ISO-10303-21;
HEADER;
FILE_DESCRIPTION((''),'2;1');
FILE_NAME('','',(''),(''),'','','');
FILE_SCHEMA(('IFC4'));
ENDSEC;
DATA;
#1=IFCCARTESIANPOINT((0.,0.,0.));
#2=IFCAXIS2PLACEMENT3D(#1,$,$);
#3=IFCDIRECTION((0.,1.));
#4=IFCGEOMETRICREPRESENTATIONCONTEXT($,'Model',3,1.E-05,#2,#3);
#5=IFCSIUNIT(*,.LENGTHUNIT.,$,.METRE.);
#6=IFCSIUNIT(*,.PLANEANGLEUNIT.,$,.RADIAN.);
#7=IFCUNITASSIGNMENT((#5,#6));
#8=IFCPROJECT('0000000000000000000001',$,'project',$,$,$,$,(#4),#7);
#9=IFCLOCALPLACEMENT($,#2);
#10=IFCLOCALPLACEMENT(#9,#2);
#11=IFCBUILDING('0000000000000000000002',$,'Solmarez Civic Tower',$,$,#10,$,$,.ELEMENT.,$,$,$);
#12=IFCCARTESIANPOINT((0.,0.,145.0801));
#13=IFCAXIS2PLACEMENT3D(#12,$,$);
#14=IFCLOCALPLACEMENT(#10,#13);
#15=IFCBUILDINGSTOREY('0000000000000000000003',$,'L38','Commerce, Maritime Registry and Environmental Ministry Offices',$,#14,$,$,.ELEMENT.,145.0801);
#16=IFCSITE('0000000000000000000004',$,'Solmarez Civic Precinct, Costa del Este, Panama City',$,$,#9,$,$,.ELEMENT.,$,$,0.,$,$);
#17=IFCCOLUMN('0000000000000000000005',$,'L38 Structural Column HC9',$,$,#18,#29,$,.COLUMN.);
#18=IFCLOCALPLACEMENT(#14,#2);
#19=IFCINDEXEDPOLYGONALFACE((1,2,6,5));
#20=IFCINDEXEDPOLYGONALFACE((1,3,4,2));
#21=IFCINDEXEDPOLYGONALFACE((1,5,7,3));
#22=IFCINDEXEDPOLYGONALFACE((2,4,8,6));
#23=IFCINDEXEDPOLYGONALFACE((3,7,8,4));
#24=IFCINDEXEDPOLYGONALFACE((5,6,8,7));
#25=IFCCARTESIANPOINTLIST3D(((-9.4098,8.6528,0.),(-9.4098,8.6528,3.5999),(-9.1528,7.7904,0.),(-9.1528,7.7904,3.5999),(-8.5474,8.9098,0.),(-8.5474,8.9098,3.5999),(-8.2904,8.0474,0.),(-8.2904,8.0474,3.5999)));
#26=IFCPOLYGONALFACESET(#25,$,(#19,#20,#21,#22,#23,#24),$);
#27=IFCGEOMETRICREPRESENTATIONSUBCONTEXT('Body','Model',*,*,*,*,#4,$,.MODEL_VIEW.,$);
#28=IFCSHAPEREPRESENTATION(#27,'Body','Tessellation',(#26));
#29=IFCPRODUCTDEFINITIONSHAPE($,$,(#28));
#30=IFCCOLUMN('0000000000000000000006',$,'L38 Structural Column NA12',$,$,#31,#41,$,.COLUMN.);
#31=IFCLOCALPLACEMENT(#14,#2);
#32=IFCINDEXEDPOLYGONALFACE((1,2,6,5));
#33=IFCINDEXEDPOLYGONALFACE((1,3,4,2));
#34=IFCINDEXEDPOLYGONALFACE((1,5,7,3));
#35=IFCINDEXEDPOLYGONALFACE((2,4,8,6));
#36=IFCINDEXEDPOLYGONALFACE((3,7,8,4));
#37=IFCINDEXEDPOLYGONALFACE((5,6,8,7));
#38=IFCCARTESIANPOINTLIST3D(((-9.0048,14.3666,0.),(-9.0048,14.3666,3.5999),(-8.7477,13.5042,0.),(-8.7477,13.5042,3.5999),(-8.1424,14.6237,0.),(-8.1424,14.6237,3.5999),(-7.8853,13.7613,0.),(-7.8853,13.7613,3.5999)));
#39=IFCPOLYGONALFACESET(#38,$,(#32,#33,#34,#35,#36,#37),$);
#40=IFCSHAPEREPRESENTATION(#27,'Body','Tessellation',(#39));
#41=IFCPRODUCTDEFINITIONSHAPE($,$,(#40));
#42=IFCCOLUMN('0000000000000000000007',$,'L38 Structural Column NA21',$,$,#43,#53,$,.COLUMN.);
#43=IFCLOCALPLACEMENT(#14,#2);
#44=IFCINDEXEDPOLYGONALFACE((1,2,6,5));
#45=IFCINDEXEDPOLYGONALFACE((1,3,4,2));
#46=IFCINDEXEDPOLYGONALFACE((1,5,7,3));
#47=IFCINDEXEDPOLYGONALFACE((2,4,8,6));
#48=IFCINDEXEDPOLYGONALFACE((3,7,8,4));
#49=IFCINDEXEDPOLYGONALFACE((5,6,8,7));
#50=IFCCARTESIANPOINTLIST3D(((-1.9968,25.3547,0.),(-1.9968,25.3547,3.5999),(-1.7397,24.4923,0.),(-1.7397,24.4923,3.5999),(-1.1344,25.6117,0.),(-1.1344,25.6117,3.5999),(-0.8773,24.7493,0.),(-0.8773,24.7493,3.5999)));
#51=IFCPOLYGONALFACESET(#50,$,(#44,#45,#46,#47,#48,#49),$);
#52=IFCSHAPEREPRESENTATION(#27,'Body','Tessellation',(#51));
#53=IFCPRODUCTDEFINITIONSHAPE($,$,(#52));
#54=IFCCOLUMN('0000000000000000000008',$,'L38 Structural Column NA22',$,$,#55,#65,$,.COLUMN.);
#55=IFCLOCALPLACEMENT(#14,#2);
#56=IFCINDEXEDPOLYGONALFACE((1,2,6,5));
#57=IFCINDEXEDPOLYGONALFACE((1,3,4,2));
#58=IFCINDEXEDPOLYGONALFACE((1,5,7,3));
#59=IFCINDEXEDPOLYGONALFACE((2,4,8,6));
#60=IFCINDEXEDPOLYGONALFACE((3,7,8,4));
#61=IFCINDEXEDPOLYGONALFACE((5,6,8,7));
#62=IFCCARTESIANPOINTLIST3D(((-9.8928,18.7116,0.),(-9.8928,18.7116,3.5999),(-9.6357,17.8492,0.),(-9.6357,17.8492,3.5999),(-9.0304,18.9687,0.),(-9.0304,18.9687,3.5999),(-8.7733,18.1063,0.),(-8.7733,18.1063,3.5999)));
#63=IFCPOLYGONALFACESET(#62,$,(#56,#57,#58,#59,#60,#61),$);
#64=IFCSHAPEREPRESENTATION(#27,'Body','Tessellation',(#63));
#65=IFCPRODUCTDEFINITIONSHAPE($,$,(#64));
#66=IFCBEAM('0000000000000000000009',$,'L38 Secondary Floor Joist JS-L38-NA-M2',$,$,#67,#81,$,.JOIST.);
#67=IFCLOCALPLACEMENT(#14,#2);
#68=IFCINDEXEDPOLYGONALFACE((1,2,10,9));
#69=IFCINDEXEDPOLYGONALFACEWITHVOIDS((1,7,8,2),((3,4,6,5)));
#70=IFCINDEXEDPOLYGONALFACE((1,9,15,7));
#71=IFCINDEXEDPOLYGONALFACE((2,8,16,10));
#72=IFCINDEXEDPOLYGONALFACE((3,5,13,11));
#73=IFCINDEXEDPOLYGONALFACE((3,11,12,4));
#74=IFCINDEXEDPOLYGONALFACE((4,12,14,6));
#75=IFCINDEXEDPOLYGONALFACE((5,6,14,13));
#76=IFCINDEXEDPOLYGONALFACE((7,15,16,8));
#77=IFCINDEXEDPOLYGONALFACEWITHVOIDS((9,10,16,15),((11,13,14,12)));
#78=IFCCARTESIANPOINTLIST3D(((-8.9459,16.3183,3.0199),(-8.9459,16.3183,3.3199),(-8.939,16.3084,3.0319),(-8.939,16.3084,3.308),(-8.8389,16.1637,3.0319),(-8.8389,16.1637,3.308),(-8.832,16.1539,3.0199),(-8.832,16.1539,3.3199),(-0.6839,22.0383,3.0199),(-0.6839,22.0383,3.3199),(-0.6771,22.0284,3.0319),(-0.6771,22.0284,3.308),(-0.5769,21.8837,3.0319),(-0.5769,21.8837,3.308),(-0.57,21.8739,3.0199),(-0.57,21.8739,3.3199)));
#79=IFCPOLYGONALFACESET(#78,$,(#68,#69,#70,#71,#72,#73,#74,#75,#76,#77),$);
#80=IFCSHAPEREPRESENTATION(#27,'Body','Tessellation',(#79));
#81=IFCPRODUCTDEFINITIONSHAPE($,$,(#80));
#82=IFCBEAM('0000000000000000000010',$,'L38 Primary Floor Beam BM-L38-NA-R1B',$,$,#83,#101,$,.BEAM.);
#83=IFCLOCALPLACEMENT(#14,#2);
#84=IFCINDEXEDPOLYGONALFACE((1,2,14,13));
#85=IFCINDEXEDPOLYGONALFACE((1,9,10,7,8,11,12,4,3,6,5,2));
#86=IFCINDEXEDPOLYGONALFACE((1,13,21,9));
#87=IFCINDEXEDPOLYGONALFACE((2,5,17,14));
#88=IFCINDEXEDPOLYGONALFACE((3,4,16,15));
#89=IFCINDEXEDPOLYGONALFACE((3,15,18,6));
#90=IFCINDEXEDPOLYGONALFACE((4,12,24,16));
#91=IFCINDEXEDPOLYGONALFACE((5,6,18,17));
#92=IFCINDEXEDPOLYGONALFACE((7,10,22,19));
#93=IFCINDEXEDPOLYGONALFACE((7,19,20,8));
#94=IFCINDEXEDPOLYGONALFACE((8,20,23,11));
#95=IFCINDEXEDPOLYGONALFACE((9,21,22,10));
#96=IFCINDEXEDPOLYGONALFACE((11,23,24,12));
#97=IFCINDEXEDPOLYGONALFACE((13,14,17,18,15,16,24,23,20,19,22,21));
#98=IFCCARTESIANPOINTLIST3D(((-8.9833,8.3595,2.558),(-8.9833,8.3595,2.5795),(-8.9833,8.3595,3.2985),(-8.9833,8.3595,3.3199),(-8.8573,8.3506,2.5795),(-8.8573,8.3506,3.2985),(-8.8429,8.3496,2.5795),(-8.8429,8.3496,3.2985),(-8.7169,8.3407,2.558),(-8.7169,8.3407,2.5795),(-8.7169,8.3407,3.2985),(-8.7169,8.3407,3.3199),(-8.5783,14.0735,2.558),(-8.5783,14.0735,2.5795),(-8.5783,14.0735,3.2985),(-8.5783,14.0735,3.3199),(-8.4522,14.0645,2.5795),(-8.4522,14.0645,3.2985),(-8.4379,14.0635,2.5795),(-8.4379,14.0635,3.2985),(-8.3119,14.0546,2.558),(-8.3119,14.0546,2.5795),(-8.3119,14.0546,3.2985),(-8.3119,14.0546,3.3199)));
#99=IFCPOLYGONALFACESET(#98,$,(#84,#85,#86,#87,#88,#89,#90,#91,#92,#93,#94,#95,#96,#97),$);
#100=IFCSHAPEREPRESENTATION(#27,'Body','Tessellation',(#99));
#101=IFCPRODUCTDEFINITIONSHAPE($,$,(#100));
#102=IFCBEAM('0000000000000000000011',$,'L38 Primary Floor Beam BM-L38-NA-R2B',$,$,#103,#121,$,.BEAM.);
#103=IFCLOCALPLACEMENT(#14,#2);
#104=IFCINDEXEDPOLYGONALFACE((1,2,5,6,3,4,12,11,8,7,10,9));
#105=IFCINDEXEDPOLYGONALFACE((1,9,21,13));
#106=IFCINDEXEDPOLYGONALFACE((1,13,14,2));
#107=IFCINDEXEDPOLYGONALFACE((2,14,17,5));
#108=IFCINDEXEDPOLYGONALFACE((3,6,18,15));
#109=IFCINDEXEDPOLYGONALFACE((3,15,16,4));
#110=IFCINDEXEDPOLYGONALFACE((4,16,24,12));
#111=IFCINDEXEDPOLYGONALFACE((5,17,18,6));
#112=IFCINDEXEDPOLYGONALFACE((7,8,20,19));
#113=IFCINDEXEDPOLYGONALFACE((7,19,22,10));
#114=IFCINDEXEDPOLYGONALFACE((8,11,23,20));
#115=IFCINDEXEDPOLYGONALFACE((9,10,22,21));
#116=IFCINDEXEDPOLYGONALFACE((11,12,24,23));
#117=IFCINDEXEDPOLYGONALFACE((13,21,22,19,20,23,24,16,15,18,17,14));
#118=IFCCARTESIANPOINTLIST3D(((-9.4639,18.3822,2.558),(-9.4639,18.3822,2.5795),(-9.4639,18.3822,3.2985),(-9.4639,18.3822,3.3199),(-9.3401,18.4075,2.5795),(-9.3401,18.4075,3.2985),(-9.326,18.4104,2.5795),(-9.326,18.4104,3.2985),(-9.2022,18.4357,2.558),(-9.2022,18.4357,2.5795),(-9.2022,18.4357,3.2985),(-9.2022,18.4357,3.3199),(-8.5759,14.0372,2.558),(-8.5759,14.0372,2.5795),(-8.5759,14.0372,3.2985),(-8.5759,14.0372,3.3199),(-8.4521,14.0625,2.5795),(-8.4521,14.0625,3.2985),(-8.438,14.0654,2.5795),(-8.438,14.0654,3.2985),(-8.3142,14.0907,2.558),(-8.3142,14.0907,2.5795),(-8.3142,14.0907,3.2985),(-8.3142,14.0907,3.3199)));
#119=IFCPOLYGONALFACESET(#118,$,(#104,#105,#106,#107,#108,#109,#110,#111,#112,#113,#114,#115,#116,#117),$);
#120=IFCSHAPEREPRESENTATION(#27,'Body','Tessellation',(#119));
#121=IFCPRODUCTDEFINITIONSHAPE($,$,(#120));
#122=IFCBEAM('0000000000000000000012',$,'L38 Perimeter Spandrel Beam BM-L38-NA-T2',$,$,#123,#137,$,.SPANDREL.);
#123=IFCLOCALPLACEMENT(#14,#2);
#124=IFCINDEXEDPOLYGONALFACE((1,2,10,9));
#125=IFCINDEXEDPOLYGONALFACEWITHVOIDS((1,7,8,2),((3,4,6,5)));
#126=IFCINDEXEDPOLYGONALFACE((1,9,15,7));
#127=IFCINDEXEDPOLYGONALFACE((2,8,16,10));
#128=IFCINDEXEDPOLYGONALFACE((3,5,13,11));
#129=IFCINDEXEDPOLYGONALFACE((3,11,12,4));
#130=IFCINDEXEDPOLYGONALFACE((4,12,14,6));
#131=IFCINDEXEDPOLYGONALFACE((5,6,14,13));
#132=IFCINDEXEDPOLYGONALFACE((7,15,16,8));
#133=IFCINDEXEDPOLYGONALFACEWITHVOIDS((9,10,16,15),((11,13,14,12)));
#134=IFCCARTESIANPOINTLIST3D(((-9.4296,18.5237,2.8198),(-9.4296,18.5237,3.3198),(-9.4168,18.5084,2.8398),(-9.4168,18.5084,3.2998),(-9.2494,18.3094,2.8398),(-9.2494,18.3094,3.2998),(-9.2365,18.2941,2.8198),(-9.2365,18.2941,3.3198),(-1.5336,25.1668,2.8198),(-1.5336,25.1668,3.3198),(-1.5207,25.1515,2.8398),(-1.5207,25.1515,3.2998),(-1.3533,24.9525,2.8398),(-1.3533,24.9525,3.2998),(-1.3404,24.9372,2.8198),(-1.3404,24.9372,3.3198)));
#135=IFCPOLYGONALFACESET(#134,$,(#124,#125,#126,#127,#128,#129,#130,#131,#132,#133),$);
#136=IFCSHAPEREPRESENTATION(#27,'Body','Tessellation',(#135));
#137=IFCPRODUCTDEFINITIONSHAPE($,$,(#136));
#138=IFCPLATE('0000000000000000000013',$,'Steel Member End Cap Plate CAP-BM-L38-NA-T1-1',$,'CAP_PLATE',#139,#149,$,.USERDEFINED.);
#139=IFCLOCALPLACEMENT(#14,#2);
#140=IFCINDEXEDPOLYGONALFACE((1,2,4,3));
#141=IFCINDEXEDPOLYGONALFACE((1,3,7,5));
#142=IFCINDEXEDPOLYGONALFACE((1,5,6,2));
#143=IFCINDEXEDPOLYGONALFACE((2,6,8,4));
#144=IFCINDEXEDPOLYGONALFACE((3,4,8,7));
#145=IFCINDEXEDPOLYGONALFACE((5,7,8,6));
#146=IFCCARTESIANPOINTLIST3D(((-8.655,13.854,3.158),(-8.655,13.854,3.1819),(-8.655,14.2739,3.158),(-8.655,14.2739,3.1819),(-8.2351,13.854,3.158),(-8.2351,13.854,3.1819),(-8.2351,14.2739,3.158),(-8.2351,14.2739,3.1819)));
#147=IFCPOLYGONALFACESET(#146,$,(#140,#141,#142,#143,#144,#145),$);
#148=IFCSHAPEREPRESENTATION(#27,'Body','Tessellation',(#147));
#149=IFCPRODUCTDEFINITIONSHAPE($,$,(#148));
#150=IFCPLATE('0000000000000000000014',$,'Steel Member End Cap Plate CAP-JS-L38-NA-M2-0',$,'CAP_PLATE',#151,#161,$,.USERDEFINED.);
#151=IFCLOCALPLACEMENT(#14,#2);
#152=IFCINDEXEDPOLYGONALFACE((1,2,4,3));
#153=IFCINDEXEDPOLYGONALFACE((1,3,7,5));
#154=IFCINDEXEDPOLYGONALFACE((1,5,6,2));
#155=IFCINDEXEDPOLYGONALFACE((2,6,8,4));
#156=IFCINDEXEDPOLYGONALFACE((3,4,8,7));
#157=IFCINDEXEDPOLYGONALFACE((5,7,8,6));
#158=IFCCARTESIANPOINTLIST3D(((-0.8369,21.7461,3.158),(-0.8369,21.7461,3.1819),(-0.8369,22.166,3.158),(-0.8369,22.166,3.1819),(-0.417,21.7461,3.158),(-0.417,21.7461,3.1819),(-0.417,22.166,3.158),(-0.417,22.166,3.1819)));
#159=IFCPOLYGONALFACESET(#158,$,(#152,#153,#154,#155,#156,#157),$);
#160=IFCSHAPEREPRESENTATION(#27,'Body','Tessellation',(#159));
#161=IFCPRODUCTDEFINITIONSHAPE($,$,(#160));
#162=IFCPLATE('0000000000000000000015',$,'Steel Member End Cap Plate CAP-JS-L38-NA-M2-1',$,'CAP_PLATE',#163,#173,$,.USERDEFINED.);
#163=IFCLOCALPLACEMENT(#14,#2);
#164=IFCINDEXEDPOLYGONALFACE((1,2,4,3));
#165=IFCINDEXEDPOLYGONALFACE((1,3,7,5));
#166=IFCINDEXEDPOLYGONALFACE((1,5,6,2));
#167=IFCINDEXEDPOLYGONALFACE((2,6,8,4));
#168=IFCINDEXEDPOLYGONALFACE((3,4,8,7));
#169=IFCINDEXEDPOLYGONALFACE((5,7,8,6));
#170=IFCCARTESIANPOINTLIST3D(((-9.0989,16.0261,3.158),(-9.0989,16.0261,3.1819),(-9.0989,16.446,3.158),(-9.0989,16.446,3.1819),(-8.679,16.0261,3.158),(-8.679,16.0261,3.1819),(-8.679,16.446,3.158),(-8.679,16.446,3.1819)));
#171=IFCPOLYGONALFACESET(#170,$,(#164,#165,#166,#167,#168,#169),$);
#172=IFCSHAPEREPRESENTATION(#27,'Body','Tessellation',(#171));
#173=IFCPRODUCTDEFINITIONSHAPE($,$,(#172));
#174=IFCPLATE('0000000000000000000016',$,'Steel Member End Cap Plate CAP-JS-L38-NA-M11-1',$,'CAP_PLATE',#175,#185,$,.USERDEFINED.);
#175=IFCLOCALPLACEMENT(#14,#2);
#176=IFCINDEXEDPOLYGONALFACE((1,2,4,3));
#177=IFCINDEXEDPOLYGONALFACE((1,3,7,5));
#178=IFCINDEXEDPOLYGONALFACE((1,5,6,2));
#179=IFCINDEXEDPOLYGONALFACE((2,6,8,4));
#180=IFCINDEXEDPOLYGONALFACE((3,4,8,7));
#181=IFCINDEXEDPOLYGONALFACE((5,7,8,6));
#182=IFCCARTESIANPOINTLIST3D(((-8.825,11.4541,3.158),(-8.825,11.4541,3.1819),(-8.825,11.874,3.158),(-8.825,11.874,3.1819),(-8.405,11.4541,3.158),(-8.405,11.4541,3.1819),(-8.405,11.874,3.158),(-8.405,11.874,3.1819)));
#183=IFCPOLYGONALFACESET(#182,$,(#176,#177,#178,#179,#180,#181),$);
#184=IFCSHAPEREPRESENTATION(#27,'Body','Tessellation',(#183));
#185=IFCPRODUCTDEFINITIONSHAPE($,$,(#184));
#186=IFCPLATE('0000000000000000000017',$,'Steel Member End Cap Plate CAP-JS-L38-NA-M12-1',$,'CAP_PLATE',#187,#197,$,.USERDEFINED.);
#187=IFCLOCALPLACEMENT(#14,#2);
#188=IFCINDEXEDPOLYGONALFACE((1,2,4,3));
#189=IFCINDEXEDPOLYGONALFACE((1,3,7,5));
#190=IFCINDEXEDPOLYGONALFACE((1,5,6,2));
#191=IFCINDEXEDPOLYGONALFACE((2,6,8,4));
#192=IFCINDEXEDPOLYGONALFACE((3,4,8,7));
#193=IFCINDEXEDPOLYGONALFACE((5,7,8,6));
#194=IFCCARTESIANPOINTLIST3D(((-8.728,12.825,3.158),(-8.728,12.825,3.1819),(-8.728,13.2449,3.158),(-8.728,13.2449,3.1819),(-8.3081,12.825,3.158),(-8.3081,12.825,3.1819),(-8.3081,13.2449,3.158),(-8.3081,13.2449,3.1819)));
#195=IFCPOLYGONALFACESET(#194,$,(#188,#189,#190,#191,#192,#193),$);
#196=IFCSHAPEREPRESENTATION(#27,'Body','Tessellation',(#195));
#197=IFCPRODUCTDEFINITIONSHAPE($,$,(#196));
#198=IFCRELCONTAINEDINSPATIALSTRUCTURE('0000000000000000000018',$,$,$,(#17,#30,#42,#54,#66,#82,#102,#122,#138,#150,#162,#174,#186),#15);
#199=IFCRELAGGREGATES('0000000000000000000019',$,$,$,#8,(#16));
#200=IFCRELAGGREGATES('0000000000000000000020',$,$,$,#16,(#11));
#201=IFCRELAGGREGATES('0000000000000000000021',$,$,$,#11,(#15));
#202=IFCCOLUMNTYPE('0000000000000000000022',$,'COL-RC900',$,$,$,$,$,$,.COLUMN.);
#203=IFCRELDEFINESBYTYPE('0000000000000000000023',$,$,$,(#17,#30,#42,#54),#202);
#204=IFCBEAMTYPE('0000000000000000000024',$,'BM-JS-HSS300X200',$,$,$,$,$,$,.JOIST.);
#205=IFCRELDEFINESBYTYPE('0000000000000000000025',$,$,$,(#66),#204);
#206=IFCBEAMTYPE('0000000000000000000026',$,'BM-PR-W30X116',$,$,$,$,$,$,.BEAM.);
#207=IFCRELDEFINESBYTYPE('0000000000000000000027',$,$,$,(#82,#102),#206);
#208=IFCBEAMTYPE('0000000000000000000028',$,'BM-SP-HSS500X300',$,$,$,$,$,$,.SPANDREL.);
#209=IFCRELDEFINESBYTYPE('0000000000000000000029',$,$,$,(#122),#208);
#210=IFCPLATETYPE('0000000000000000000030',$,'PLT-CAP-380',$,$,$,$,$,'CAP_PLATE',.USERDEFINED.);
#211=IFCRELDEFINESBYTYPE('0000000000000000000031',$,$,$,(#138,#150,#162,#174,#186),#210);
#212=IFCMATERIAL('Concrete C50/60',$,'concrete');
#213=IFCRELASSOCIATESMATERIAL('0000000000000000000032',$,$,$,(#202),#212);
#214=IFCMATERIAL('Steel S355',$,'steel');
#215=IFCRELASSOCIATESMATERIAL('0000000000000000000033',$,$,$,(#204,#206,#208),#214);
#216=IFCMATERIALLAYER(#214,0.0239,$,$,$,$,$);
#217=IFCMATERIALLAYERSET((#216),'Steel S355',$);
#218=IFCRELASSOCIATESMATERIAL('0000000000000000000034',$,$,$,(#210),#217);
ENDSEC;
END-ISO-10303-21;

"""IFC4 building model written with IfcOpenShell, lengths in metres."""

from ifc_helpers import new_model, si_unit, direction, frame, origin, origin_2d, place, context, subcontext, project, spatial, rectangle, hollow_rectangle, i_section, extrude, material, layer, layer_set, material_profile, profile_set, type_object, element, save


model = new_model("IFC4")

# Units and contexts
model_context = context("Model", 3, precision=1e-05, world=origin(), true_north=direction((0.0, 1.0)))
body_context = subcontext(model_context, "Body", "Model", "MODEL_VIEW")
ifc_project = project(units=[si_unit("LENGTHUNIT", "METRE"), si_unit("PLANEANGLEUNIT", "RADIAN")], contexts=[model_context])

# Site, building, storey
site_placement = place(None, origin())
site = spatial("IfcSite", under=ifc_project, at=site_placement, Name="Solmarez Civic Precinct, Costa del Este, Panama City", CompositionType="ELEMENT", RefElevation=0.0)
building_placement = place(site_placement, origin())
building = spatial("IfcBuilding", under=site, at=building_placement, Name="Solmarez Civic Tower", CompositionType="ELEMENT")
storey_placement = place(building_placement, frame((0.0, 0.0, 145.0801)))
storey = spatial("IfcBuildingStorey", under=building, at=storey_placement, Name="L38", Description="Commerce, Maritime Registry and Environmental Ministry Offices", CompositionType="ELEMENT", Elevation=145.0801)

# Columns
ifc_material_1 = material(Name="Concrete C50/60", Category="concrete")
ifc_material_profile_1 = material_profile(ifc_material_1, rectangle(XDim=0.8999, YDim=0.8999, at=origin_2d()), Name="RC900X900")
ifc_profile_set_1 = profile_set([ifc_material_profile_1], Name="Concrete C50/60")
column_type = type_object("IfcColumnType", Name="COL-RC900", PredefinedType="COLUMN", material=ifc_profile_set_1)
for number, where, z_axis, x_axis, name in (
    (1, (-8.8501, 8.3501, 0.0), (0.0, 0.0, 1.0), (0.958323, 0.285688, 0.0), "L38 Structural Column HC9"),
    (2, (-8.4451, 14.064, 0.0), (0.0, 0.0, 1.0), (0.958323, 0.285688, 0.0), "L38 Structural Column NA12"),
    (3, (-1.437, 25.052, 0.0), (0.0, 0.0, 1.0), (0.958323, 0.285688, 0.0), "L38 Structural Column NA21"),
    (4, (-9.333, 18.4089, 0.0), (0.0, 0.0, 1.0), (0.958323, 0.285688, 0.0), "L38 Structural Column NA22"),
):
    element("IfcColumn", number, at=place(storey_placement, frame(where, z_axis=z_axis, x_axis=x_axis)), inside=storey, type_object=column_type, Name=name, PredefinedType="COLUMN", context=body_context, shape_type="SweptSolid", body=[
        extrude(rectangle(XDim=0.8999, YDim=0.8999, at=origin_2d()), origin(), (0.0, 0.0, 1.0), 3.5999),
    ])

# Beams
ifc_material_2 = material(Name="Steel S355", Category="steel")
ifc_material_profile_2 = material_profile(ifc_material_2, hollow_rectangle(XDim=0.2, YDim=0.3, WallThickness=0.012, at=origin_2d()), Name="HSS300X200X12")
ifc_profile_set_2 = profile_set([ifc_material_profile_2], Name="Steel S355")
beam_type_1 = type_object("IfcBeamType", Name="BM-JS-HSS300X200", PredefinedType="JOIST", material=ifc_profile_set_2)
beam_1_placement = place(storey_placement, frame((-0.627, 21.9561, 3.1699), z_axis=(-0.822185, -0.56922, 0.0), x_axis=(0.56922, -0.822185, 0.0)))
element("IfcBeam", 5, at=beam_1_placement, inside=storey, type_object=beam_type_1, Name="L38 Secondary Floor Joist JS-L38-NA-M2", PredefinedType="JOIST", context=body_context, shape_type="SweptSolid", body=[
    extrude(hollow_rectangle(XDim=0.2, YDim=0.3, WallThickness=0.012, at=origin_2d()), origin(), (0.0, 0.0, 1.0), 10.0488),
])
ifc_material_profile_3 = material_profile(ifc_material_2, i_section(OverallWidth=0.2671, OverallDepth=0.762, WebThickness=0.0144, FlangeThickness=0.0215, at=origin_2d()), Name="W30X116")
ifc_profile_set_3 = profile_set([ifc_material_profile_3], Name="Steel S355")
beam_type_2 = type_object("IfcBeamType", Name="BM-PR-W30X116", PredefinedType="BEAM", material=ifc_profile_set_3)
beam_2_placement = place(storey_placement, frame((-8.8501, 8.3501, 2.939), z_axis=(0.070708, 0.997497, 0.0), x_axis=(-0.997497, 0.070708, 0.0)))
element("IfcBeam", 6, at=beam_2_placement, inside=storey, type_object=beam_type_2, Name="L38 Primary Floor Beam BM-L38-NA-R1B", PredefinedType="BEAM", context=body_context, shape_type="SweptSolid", body=[
    extrude(i_section(OverallWidth=0.2671, OverallDepth=0.762, WebThickness=0.0144, FlangeThickness=0.0215, at=origin_2d()), origin(), (0.0, 0.0, 1.0), 5.7283),
])
beam_3_placement = place(storey_placement, frame((-8.4451, 14.064, 2.939), z_axis=(-0.200222, 0.979751, 0.0), x_axis=(-0.979751, -0.200222, 0.0)))
element("IfcBeam", 7, at=beam_3_placement, inside=storey, type_object=beam_type_2, Name="L38 Primary Floor Beam BM-L38-NA-R2B", PredefinedType="BEAM", context=body_context, shape_type="SweptSolid", body=[
    extrude(i_section(OverallWidth=0.2671, OverallDepth=0.762, WebThickness=0.0144, FlangeThickness=0.0215, at=origin_2d()), origin(), (0.0, 0.0, 1.0), 4.4348),
])
ifc_material_profile_4 = material_profile(ifc_material_2, hollow_rectangle(XDim=0.3, YDim=0.5, WallThickness=0.02, at=origin_2d()), Name="HSS500X300X20")
ifc_profile_set_4 = profile_set([ifc_material_profile_4], Name="Steel S355")
beam_type_3 = type_object("IfcBeamType", Name="BM-SP-HSS500X300", PredefinedType="SPANDREL", material=ifc_profile_set_4)
beam_4_placement = place(storey_placement, frame((-1.437, 25.052, 3.0698), z_axis=(-0.765207, -0.643784, 0.0), x_axis=(0.643784, -0.765207, 0.0)))
element("IfcBeam", 8, at=beam_4_placement, inside=storey, type_object=beam_type_3, Name="L38 Perimeter Spandrel Beam BM-L38-NA-T2", PredefinedType="SPANDREL", context=body_context, shape_type="SweptSolid", body=[
    extrude(hollow_rectangle(XDim=0.3, YDim=0.5, WallThickness=0.02, at=origin_2d()), origin(), (0.0, 0.0, 1.0), 10.3188),
])

# Plates
ifc_layer_1 = layer(ifc_material_2, 0.0239)
ifc_layer_set_1 = layer_set([ifc_layer_1], Name="Steel S355")
plate_type_1 = type_object("IfcPlateType", Name="PLT-CAP-380", ElementType="CAP_PLATE", PredefinedType="USERDEFINED", material=ifc_layer_set_1)
for number, where, z_axis, x_axis, name in (
    (9, (-8.4451, 14.064, 3.158), (0.0, 0.0, 1.0), (1.0, 0.0, 0.0), "Steel Member End Cap Plate CAP-BM-L38-NA-T1-1"),
    (10, (-0.627, 21.9561, 3.158), (0.0, 0.0, 1.0), (1.0, 0.0, 0.0), "Steel Member End Cap Plate CAP-JS-L38-NA-M2-0"),
    (11, (-8.8889, 16.2361, 3.158), (0.0, 0.0, 1.0), (1.0, 0.0, 0.0), "Steel Member End Cap Plate CAP-JS-L38-NA-M2-1"),
    (12, (-8.615, 11.6641, 3.158), (0.0, 0.0, 1.0), (1.0, 0.0, 0.0), "Steel Member End Cap Plate CAP-JS-L38-NA-M11-1"),
    (13, (-8.5181, 13.0349, 3.158), (0.0, 0.0, 1.0), (1.0, 0.0, 0.0), "Steel Member End Cap Plate CAP-JS-L38-NA-M12-1"),
):
    element("IfcPlate", number, at=place(storey_placement, frame(where, z_axis=z_axis, x_axis=x_axis)), inside=storey, type_object=plate_type_1, Name=name, ObjectType="CAP_PLATE", PredefinedType="USERDEFINED", context=body_context, shape_type="SweptSolid", body=[
        extrude(rectangle(XDim=0.4199, YDim=0.4199, at=origin_2d()), origin(), (0.0, 0.0, 1.0), 0.0239),
    ])

save(model, "model.ifc")
